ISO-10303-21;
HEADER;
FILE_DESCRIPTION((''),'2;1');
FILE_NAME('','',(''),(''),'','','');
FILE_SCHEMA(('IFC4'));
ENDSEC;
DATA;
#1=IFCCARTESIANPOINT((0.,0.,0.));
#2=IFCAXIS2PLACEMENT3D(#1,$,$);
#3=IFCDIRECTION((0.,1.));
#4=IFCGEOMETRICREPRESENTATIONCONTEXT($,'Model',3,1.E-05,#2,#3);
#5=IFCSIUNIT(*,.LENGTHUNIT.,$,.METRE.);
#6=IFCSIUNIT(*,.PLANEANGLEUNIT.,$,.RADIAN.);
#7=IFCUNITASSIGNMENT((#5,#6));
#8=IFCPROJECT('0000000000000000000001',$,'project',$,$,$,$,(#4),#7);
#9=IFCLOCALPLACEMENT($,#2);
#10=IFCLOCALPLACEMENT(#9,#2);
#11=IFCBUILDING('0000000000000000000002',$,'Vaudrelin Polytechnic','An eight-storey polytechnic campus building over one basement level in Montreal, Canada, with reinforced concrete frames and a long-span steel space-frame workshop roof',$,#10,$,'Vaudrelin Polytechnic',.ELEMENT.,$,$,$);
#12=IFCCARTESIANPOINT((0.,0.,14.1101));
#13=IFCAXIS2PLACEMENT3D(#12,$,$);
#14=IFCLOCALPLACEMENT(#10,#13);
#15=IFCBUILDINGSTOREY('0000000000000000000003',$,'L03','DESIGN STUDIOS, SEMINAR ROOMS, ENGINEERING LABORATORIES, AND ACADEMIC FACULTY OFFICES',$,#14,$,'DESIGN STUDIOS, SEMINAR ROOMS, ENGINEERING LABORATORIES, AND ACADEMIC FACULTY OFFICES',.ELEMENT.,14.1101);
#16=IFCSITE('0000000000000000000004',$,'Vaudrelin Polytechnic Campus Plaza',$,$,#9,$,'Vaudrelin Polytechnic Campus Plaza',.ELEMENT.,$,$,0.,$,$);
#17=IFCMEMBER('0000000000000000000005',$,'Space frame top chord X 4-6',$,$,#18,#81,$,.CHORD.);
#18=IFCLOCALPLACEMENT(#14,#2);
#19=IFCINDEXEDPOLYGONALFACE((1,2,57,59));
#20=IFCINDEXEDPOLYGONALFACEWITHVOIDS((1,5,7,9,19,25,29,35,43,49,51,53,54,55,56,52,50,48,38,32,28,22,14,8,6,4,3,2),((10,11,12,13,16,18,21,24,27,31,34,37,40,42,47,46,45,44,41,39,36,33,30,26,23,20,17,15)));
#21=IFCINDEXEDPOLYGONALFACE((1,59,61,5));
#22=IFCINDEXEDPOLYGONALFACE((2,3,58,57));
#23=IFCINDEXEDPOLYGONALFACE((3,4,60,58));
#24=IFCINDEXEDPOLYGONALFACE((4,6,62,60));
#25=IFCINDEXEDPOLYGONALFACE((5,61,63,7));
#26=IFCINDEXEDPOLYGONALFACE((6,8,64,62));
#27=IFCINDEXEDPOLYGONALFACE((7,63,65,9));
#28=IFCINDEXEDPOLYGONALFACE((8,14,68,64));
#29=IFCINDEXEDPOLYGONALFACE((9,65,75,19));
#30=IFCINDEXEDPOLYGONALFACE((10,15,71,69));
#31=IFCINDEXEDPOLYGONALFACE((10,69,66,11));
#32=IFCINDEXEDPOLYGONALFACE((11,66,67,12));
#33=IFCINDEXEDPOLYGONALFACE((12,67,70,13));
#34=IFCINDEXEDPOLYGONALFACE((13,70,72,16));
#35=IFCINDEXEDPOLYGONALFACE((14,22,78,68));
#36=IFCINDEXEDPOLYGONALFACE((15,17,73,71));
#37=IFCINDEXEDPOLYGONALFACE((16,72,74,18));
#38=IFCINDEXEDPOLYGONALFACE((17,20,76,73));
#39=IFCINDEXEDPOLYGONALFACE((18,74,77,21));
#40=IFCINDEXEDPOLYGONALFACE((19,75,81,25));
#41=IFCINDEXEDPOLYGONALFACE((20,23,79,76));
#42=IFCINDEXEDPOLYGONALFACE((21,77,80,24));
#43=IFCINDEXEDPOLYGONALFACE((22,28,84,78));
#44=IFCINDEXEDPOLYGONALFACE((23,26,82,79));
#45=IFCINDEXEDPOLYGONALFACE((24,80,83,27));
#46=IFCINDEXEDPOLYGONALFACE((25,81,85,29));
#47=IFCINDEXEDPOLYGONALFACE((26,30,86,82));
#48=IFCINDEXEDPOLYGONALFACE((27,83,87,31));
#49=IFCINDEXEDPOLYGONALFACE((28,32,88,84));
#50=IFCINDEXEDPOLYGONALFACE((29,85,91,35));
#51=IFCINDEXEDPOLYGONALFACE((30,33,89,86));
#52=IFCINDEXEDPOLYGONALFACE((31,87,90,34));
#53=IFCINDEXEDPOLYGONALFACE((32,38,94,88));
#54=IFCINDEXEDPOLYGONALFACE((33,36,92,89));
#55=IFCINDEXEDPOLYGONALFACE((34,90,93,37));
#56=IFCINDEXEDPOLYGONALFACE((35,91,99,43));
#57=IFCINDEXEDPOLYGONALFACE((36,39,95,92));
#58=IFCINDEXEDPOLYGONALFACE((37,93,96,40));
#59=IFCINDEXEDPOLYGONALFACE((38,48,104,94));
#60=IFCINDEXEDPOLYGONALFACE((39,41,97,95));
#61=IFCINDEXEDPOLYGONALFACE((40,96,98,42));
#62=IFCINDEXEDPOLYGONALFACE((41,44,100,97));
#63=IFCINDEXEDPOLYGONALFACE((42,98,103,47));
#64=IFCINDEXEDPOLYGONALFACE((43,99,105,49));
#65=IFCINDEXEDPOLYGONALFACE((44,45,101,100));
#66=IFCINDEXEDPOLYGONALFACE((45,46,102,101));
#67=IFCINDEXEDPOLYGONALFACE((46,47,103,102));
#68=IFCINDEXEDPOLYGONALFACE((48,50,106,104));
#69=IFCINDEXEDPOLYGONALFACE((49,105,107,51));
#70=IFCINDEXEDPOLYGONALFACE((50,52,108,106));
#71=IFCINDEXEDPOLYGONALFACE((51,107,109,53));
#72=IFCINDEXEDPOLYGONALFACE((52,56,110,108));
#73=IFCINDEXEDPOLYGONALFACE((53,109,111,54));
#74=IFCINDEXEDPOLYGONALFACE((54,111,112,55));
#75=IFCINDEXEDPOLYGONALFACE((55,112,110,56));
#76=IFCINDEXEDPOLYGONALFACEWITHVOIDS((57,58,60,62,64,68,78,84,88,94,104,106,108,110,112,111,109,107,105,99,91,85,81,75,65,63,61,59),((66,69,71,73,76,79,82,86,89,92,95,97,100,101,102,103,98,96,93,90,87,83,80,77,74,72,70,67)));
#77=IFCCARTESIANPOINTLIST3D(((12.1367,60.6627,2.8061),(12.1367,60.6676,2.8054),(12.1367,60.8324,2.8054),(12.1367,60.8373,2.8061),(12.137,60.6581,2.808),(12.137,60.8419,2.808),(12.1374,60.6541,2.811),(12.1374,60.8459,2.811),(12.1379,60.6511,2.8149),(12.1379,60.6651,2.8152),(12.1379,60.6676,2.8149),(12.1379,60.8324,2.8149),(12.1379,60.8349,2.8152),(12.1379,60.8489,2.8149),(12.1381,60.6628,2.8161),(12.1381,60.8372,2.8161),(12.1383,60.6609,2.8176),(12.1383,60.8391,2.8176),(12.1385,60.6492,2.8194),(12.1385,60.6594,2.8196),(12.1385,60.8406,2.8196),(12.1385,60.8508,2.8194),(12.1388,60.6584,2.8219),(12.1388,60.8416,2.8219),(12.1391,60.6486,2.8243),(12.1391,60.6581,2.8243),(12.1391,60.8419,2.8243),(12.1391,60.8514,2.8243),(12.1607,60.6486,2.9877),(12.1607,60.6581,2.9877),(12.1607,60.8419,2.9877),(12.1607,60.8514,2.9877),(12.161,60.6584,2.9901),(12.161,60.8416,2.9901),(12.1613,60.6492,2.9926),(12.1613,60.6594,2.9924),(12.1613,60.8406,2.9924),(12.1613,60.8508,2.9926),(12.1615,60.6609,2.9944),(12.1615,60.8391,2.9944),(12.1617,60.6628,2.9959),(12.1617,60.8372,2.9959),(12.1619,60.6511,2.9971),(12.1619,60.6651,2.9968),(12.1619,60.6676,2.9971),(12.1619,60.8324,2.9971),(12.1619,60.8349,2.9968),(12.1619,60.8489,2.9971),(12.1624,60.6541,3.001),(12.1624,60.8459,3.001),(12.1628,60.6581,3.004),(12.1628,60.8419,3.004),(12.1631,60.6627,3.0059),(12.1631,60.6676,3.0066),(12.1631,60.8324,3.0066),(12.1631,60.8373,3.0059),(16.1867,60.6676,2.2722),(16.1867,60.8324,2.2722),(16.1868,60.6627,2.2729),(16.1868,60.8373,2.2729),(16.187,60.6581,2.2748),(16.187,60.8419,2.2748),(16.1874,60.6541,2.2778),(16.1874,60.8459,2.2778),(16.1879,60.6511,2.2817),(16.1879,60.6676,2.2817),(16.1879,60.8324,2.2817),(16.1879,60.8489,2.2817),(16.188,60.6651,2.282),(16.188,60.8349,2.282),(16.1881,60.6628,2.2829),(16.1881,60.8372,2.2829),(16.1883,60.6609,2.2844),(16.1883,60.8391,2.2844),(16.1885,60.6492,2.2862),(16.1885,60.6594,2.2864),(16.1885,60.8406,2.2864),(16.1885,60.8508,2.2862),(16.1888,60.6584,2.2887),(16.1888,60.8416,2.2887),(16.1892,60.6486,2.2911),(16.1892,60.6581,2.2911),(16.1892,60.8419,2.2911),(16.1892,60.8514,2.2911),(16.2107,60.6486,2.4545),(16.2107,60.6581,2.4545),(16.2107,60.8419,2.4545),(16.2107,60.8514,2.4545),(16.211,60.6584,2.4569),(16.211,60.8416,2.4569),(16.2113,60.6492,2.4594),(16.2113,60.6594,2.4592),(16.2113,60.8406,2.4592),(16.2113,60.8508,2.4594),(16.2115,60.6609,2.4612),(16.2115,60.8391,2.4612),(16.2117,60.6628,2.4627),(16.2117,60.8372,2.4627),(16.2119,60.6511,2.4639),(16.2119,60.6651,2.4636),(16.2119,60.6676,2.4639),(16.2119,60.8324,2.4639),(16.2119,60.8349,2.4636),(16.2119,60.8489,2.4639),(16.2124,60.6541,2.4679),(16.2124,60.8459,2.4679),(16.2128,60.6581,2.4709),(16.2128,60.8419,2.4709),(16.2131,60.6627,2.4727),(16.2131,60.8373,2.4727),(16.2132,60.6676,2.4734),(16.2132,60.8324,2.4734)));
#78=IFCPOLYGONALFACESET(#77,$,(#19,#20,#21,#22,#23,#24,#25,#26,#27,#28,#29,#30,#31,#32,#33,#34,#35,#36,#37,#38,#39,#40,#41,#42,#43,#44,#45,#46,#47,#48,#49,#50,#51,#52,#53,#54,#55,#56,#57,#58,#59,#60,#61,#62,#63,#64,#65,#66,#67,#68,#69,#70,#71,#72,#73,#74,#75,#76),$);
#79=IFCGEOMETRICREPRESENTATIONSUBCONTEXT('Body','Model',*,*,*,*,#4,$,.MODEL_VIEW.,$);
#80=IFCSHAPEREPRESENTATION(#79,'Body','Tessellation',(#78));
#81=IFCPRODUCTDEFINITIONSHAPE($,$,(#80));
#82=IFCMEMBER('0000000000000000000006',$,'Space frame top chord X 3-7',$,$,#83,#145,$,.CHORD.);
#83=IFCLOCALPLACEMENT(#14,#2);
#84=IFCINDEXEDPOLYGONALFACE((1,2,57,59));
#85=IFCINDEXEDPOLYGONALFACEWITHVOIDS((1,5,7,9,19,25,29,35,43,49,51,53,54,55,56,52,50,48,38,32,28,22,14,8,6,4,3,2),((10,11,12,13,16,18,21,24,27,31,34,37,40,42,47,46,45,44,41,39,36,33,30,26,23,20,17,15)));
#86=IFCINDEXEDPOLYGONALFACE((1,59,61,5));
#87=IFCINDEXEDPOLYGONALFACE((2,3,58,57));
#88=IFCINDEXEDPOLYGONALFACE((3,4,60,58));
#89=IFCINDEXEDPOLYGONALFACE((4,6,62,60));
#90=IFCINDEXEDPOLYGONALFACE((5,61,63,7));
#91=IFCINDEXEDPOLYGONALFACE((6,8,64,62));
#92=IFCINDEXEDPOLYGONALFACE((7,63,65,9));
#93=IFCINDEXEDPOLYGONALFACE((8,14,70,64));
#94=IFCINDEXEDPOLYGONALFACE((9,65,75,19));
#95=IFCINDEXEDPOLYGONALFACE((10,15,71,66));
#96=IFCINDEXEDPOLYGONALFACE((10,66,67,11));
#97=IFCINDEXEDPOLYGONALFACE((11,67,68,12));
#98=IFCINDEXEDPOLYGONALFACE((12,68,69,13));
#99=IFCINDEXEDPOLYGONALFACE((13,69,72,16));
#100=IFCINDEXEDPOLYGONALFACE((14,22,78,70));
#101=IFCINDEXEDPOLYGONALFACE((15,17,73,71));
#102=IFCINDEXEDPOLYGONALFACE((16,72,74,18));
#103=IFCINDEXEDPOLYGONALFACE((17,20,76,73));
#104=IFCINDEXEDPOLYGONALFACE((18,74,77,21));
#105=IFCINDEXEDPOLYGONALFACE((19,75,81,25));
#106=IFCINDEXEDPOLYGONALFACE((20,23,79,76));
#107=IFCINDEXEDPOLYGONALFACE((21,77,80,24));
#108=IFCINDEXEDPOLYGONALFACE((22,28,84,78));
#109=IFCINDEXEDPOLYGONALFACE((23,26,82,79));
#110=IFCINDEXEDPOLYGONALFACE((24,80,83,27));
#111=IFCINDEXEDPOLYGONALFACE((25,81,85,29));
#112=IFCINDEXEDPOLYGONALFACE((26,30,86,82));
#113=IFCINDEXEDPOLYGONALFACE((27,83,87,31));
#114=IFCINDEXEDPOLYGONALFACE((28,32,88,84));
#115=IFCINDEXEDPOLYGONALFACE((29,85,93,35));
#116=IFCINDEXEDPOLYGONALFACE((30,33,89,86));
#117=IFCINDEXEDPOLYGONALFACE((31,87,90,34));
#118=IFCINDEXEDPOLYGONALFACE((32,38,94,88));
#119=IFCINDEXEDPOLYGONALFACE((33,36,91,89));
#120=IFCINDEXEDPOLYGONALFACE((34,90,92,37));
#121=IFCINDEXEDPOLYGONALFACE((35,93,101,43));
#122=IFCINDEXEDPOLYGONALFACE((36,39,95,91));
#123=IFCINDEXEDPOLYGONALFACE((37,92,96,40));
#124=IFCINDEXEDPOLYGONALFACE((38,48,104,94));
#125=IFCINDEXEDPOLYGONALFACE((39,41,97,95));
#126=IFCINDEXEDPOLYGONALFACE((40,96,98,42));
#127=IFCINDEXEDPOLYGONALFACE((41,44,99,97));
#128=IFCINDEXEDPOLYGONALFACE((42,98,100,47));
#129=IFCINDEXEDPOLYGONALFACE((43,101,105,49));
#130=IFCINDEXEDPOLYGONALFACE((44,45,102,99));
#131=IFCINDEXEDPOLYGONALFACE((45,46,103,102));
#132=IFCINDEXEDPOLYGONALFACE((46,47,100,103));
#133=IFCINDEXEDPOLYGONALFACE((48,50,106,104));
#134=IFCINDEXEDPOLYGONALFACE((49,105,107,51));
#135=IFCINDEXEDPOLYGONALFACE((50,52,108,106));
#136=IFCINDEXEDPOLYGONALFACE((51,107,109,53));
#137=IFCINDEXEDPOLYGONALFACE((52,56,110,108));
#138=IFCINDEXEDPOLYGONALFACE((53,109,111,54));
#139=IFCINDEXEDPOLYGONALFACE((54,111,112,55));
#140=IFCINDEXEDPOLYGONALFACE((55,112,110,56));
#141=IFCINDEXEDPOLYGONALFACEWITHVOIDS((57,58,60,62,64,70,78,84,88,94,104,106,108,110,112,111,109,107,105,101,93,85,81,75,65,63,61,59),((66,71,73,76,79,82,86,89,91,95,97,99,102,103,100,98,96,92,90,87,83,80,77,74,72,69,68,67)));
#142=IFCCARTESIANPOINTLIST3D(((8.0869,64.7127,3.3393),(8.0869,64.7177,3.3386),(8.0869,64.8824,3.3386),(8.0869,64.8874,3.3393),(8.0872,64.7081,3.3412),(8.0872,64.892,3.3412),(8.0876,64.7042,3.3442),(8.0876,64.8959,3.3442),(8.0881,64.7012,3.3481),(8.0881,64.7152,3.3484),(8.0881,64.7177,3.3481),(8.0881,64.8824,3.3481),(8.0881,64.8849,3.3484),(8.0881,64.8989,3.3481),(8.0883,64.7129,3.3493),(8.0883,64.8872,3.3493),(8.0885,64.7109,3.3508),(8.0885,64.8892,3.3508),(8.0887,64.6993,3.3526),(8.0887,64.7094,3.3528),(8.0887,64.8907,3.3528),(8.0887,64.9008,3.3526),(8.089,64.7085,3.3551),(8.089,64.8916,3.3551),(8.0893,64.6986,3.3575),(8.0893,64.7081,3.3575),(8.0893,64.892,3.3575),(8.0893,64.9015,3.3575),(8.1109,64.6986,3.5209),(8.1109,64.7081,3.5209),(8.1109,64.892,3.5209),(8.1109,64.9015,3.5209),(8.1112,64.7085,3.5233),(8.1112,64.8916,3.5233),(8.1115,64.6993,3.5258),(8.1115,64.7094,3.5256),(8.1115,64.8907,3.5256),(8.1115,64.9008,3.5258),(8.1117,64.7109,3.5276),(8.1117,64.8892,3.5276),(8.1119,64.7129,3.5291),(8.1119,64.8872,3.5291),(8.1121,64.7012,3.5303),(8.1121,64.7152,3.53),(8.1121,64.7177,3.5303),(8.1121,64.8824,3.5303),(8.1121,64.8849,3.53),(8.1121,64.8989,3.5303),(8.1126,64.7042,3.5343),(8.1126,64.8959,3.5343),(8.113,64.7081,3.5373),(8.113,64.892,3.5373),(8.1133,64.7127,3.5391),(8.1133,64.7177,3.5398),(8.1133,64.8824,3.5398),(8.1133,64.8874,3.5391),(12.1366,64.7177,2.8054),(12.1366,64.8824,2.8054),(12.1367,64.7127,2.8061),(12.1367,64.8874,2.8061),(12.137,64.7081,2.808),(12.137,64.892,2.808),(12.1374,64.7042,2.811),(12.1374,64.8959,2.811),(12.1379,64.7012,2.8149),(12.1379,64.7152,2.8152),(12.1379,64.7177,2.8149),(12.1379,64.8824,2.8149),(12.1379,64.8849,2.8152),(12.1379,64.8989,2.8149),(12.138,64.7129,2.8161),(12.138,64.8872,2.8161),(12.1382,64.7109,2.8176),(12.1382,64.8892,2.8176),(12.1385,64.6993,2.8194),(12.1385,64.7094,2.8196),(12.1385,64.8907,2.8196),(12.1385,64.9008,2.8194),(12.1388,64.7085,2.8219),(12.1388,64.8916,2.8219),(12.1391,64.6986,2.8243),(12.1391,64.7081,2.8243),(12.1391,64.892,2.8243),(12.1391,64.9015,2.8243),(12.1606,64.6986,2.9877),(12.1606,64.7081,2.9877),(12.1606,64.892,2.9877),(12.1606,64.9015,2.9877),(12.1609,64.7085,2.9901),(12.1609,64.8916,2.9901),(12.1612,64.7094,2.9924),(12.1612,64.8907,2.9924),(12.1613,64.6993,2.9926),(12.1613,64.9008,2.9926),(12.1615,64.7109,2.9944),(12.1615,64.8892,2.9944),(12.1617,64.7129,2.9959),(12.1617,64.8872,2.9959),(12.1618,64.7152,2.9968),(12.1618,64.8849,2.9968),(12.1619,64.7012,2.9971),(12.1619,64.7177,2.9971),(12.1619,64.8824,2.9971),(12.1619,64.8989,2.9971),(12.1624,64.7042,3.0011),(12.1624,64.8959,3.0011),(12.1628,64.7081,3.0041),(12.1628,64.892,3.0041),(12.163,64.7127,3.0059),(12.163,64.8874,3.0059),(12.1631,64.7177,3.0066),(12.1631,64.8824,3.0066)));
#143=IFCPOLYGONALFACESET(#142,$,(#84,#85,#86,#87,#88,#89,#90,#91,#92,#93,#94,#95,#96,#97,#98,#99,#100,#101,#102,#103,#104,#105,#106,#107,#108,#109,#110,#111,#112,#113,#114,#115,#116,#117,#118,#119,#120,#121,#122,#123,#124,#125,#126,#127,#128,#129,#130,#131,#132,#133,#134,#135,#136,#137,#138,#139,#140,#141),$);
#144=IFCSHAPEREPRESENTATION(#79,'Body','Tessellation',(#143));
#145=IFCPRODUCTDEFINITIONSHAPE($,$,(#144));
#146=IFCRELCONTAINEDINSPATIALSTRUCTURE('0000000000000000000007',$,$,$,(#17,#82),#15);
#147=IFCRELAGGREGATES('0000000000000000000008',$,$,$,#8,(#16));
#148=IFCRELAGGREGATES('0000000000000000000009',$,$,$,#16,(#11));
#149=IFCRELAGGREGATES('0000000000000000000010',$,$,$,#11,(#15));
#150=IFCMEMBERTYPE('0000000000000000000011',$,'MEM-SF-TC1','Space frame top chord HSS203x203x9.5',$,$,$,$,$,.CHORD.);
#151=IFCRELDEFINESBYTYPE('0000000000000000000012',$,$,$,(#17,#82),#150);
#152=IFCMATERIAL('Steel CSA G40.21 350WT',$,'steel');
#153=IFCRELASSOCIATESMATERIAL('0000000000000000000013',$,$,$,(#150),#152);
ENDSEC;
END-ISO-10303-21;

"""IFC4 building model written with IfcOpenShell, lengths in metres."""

from ifc_helpers import new_model, si_unit, direction, frame, origin, origin_2d, place, context, subcontext, project, spatial, hollow_rectangle, extrude, material, material_profile, profile_set, type_object, element, save


model = new_model("IFC4")

# Units and contexts
model_context = context("Model", 3, precision=1e-05, world=origin(), true_north=direction((0.0, 1.0)))
body_context = subcontext(model_context, "Body", "Model", "MODEL_VIEW")
ifc_project = project(units=[si_unit("LENGTHUNIT", "METRE"), si_unit("PLANEANGLEUNIT", "RADIAN")], contexts=[model_context])

# Site, building, storey
site_placement = place(None, origin())
site = spatial("IfcSite", under=ifc_project, at=site_placement, Name="Vaudrelin Polytechnic Campus Plaza", LongName="Vaudrelin Polytechnic Campus Plaza", CompositionType="ELEMENT", RefElevation=0.0)
building_placement = place(site_placement, origin())
building = spatial("IfcBuilding", under=site, at=building_placement, Name="Vaudrelin Polytechnic", Description="An eight-storey polytechnic campus building over one basement level in Montreal, Canada, with reinforced concrete frames and a long-span steel space-frame workshop roof", LongName="Vaudrelin Polytechnic", CompositionType="ELEMENT")
storey_placement = place(building_placement, frame((0.0, 0.0, 14.1101)))
storey = spatial("IfcBuildingStorey", under=building, at=storey_placement, Name="L03", Description="DESIGN STUDIOS, SEMINAR ROOMS, ENGINEERING LABORATORIES, AND ACADEMIC FACULTY OFFICES", LongName="DESIGN STUDIOS, SEMINAR ROOMS, ENGINEERING LABORATORIES, AND ACADEMIC FACULTY OFFICES", CompositionType="ELEMENT", Elevation=14.1101)

# Members
ifc_material = material(Name="Steel CSA G40.21 350WT", Category="steel")
ifc_material_profile_1 = material_profile(ifc_material, hollow_rectangle(XDim=0.2029, YDim=0.2029, WallThickness=0.0095, InnerFilletRadius=0.0095, OuterFilletRadius=0.019, at=origin_2d()), Name="HSS203x203x9.5")
ifc_profile_set_1 = profile_set([ifc_material_profile_1], Name="Steel CSA G40.21 350WT")
member_type_1 = type_object("IfcMemberType", Name="MEM-SF-TC1", Description="Space frame top chord HSS203x203x9.5", PredefinedType="CHORD", material=ifc_profile_set_1)
member_1_placement = place(storey_placement, frame((12.1499, 60.75, 2.906), z_axis=(0.991445, 0.0, -0.130527), x_axis=(0.0, 1.0, 0.0)))
element("IfcMember", 1, at=member_1_placement, inside=storey, type_object=member_type_1, Name="Space frame top chord X 4-6", PredefinedType="CHORD", context=body_context, shape_type="SweptSolid", body=[
    extrude(hollow_rectangle(XDim=0.2029, YDim=0.2029, WallThickness=0.0095, InnerFilletRadius=0.0095, OuterFilletRadius=0.019, at=origin_2d()), origin(), (0.0, 0.0, 1.0), 4.085),
])
member_2_placement = place(storey_placement, frame((8.1001, 64.8, 3.4392), z_axis=(0.991444, 0.0, -0.130535), x_axis=(0.0, 1.0, 0.0)))
element("IfcMember", 2, at=member_2_placement, inside=storey, type_object=member_type_1, Name="Space frame top chord X 3-7", PredefinedType="CHORD", context=body_context, shape_type="SweptSolid", body=[
    extrude(hollow_rectangle(XDim=0.2029, YDim=0.2029, WallThickness=0.0095, InnerFilletRadius=0.0095, OuterFilletRadius=0.019, at=origin_2d()), origin(), (0.0, 0.0, 1.0), 4.0847),
])

save(model, "model.ifc")
